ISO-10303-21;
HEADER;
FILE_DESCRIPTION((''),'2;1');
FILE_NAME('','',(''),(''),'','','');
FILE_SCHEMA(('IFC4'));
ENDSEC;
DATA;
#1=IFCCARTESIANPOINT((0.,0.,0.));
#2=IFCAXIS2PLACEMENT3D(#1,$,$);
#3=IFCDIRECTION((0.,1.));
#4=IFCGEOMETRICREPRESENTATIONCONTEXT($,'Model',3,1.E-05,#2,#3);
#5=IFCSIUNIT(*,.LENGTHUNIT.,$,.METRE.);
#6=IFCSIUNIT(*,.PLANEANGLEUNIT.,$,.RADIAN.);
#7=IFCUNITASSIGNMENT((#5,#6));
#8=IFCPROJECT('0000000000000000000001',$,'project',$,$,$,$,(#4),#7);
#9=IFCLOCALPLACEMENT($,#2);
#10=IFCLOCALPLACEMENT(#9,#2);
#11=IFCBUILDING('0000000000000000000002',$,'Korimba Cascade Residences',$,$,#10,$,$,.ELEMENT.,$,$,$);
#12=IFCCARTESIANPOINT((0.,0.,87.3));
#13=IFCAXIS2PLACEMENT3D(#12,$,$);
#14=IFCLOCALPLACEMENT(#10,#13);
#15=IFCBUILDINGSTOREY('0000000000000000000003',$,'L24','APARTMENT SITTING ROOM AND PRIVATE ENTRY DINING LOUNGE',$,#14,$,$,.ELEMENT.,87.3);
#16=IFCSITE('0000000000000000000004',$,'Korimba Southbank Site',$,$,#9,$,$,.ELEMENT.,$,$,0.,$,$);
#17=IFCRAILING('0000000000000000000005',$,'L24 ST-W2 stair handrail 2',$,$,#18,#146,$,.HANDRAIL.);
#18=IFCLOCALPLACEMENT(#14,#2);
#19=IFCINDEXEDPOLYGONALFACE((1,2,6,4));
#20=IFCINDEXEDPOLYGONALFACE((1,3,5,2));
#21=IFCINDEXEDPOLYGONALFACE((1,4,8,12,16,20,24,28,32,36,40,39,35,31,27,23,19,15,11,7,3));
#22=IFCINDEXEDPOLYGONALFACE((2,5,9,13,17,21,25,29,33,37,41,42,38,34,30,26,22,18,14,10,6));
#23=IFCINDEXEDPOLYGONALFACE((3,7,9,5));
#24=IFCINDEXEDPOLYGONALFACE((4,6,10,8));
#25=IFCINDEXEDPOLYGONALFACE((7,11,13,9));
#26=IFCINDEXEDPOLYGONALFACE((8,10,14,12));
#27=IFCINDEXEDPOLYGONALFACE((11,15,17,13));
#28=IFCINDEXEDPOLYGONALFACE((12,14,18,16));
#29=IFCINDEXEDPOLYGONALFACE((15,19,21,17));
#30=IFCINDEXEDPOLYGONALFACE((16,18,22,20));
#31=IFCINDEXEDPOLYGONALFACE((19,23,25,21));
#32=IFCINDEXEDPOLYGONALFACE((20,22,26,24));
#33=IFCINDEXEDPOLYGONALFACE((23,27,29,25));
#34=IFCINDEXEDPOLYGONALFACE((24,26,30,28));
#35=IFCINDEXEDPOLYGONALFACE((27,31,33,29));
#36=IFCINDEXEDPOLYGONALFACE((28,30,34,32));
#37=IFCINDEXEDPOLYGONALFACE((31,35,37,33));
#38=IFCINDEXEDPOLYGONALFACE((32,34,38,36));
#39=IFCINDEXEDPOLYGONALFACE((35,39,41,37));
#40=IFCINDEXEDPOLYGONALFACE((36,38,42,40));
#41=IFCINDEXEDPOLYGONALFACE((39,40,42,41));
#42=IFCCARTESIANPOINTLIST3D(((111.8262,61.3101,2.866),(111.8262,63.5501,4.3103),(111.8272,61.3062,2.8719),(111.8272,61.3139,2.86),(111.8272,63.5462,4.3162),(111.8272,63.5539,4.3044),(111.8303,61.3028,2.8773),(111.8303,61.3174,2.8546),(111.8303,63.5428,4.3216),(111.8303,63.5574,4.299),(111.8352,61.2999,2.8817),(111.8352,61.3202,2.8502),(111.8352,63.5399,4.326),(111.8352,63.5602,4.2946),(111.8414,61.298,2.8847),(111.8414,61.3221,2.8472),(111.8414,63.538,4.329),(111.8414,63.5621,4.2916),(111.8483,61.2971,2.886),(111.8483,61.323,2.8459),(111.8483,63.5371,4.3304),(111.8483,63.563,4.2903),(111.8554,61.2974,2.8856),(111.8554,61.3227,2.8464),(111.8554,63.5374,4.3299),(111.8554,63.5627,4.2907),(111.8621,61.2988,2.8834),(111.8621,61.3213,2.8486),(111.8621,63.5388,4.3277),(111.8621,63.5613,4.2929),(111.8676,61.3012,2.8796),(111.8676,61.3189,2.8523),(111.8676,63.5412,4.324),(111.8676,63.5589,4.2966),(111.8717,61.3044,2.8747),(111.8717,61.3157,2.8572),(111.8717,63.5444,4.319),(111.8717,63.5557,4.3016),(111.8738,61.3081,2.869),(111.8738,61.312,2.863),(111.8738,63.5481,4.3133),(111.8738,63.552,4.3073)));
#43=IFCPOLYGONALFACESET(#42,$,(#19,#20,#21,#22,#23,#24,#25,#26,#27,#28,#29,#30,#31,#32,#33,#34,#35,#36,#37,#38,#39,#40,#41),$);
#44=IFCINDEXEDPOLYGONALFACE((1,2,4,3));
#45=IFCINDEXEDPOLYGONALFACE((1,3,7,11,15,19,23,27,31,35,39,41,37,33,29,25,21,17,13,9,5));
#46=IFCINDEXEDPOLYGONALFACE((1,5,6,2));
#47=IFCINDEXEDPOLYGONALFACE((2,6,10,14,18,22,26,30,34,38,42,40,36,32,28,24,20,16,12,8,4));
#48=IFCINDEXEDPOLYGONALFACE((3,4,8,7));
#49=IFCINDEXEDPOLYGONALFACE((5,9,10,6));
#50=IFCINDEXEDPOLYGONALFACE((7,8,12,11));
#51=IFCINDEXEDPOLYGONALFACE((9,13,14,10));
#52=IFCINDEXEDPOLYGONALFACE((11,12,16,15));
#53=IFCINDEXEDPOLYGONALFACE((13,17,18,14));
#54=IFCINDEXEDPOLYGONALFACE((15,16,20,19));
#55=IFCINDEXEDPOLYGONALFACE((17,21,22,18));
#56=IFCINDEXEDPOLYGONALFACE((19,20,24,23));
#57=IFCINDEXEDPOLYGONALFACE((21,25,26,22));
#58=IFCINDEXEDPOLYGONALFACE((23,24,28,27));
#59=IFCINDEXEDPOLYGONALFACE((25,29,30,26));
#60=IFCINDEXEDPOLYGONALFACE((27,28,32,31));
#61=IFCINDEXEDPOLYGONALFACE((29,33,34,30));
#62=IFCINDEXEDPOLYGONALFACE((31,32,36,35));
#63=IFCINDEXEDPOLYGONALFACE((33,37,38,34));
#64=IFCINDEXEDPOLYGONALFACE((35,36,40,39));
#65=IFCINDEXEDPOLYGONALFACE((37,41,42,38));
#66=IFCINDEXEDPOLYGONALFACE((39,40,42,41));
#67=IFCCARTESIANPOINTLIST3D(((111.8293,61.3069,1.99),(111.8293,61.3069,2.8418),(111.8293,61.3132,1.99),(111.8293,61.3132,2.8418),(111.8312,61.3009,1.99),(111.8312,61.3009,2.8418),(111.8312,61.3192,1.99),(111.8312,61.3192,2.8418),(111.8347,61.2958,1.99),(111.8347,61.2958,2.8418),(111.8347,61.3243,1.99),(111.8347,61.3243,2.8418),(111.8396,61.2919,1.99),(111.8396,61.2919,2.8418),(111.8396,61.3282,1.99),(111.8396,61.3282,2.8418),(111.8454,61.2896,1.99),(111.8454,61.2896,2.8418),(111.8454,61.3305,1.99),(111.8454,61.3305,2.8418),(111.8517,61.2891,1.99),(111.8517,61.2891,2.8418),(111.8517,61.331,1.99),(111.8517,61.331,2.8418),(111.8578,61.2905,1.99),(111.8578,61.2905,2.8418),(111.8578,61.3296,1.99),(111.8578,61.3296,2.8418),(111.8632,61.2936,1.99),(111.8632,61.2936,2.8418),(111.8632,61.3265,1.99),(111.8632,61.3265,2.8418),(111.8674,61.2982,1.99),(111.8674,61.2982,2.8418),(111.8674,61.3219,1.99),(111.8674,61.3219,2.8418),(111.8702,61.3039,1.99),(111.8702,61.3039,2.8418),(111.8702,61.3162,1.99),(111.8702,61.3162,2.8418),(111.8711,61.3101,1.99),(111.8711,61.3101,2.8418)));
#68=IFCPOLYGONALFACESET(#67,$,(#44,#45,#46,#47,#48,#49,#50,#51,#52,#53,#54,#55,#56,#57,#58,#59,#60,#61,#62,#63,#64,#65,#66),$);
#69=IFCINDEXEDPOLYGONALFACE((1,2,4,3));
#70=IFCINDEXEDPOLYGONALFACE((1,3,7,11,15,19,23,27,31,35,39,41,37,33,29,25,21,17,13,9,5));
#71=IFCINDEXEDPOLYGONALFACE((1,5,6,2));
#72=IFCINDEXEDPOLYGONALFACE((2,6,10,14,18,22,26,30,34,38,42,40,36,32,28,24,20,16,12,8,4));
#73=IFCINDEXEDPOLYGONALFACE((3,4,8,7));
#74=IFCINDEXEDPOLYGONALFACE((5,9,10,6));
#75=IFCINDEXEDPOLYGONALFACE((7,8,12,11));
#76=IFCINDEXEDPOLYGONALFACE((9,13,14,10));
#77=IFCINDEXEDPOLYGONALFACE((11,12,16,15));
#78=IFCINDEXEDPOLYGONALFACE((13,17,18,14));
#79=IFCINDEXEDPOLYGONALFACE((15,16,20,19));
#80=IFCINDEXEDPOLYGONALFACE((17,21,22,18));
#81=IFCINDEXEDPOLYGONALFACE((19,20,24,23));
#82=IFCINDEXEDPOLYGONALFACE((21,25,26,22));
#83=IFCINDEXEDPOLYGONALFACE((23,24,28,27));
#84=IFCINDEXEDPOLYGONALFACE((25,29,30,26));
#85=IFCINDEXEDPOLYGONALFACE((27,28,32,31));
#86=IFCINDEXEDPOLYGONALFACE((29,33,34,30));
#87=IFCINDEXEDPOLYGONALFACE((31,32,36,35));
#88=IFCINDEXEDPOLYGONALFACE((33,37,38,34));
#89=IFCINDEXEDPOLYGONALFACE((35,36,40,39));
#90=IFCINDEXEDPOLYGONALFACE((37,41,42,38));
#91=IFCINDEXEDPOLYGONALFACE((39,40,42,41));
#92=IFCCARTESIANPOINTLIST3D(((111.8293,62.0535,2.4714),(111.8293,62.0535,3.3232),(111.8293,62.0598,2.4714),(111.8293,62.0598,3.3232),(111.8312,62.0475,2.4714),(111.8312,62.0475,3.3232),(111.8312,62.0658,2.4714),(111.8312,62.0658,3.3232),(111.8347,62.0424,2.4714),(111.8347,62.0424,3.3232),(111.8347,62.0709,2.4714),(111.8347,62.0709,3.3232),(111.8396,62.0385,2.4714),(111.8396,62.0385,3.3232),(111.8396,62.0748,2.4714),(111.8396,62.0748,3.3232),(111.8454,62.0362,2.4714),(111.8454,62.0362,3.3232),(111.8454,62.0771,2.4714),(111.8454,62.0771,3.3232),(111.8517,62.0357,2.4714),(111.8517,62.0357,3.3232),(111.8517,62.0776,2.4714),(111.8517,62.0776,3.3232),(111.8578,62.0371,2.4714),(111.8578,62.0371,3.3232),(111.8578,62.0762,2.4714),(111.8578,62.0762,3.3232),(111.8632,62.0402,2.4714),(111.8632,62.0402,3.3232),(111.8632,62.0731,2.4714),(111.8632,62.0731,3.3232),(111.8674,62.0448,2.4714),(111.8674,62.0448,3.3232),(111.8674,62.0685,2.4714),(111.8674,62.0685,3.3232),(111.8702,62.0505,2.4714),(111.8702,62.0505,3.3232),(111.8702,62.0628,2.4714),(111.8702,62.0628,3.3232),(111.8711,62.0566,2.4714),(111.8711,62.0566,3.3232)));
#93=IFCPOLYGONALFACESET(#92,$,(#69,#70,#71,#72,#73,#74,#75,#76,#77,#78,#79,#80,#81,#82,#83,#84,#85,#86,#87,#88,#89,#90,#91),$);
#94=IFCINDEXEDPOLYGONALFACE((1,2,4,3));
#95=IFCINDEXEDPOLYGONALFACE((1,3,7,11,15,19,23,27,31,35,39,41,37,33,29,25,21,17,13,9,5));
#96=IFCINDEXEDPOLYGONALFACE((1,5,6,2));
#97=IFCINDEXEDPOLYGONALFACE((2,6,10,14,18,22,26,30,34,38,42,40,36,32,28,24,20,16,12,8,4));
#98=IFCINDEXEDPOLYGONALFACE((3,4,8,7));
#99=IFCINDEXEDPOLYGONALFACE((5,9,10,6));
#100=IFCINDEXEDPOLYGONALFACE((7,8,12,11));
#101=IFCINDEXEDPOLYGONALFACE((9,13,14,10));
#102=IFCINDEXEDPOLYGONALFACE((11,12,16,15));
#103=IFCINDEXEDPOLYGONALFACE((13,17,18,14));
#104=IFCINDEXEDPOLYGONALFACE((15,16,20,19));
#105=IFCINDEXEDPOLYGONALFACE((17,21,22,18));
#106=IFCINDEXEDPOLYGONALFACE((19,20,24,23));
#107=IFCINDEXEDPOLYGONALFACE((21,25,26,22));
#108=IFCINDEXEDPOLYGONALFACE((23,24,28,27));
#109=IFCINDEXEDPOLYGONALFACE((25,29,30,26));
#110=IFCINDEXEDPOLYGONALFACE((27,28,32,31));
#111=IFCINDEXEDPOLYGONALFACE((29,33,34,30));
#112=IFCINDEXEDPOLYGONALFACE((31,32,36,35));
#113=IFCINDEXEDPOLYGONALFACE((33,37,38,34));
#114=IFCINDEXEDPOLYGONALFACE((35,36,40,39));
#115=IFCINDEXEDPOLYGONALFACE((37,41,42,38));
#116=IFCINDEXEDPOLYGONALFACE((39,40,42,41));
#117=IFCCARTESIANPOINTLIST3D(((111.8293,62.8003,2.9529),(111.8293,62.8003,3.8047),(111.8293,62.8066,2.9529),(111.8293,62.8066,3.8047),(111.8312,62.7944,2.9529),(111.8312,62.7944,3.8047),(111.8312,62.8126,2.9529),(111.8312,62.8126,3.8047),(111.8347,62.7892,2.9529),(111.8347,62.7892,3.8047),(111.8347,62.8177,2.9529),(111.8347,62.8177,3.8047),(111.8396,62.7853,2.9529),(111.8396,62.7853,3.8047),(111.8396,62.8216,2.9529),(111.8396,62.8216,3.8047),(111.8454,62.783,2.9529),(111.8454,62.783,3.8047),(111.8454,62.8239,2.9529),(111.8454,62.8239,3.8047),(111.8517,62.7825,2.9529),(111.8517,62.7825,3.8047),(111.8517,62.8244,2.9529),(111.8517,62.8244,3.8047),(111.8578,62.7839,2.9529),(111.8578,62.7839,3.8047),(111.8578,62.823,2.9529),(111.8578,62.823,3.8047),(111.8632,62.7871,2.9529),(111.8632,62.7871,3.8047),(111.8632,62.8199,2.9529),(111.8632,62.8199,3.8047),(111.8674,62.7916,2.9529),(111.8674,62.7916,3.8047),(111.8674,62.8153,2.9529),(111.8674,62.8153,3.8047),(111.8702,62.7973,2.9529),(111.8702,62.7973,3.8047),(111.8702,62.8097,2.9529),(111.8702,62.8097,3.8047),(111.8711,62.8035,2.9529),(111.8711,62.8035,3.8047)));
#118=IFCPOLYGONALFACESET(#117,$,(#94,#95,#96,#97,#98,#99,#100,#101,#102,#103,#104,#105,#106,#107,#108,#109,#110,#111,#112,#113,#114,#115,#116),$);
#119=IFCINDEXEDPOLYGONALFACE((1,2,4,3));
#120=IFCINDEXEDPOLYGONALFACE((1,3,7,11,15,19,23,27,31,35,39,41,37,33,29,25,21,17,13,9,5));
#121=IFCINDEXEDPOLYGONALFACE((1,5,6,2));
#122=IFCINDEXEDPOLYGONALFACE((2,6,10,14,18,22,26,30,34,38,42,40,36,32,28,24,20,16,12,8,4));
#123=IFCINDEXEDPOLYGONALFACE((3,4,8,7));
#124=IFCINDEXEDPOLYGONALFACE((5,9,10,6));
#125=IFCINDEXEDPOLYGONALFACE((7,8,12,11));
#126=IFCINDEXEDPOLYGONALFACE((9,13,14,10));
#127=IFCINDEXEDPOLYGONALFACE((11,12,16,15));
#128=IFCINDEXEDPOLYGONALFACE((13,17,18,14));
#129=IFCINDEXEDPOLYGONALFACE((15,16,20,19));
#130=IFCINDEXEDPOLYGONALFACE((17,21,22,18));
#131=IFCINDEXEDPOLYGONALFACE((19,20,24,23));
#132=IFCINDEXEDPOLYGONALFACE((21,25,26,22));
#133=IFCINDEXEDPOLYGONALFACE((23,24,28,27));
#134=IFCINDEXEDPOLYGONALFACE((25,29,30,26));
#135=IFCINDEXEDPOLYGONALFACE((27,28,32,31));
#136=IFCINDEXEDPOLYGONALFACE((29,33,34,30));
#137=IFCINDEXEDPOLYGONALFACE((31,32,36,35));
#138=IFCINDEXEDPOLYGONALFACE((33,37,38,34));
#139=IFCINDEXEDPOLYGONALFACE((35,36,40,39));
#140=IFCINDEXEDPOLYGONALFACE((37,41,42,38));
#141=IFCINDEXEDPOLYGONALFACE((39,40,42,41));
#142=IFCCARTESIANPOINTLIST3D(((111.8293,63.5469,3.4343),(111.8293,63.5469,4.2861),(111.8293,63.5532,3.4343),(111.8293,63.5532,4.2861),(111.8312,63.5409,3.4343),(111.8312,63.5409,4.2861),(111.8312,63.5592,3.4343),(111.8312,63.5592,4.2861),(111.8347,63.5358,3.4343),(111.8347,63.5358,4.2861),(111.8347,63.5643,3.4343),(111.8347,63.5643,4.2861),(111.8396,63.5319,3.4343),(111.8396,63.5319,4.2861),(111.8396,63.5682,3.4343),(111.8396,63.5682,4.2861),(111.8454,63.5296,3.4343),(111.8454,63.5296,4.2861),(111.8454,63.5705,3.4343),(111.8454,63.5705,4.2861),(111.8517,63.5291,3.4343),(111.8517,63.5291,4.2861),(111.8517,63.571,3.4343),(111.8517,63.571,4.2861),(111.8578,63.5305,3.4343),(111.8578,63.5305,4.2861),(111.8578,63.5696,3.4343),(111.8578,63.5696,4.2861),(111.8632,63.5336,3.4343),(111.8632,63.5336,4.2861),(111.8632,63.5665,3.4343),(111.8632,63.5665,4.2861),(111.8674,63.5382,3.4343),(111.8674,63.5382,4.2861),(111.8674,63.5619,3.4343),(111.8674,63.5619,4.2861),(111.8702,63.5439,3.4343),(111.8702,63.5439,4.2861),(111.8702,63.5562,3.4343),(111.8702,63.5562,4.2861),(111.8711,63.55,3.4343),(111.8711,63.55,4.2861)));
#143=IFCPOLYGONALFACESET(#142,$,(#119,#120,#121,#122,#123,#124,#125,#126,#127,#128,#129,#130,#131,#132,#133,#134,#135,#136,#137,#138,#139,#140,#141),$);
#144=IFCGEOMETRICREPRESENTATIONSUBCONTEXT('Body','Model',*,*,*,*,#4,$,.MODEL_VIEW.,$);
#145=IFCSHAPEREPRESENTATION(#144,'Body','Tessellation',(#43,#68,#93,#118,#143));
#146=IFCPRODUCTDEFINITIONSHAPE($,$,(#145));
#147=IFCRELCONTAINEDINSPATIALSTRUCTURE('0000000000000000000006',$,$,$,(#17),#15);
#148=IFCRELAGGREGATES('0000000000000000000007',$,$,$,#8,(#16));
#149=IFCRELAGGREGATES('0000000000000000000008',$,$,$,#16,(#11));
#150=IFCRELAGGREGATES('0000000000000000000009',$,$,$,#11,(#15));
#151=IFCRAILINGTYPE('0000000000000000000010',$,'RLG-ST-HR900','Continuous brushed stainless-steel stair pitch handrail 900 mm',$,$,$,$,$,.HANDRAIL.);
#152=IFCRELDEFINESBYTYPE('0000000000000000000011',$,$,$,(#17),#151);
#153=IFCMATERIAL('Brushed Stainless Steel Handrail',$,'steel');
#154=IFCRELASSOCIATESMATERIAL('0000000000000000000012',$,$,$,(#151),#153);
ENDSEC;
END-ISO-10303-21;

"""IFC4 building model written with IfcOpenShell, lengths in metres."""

from ifc_helpers import new_model, si_unit, direction, frame, origin, origin_2d, place, context, subcontext, project, spatial, circle, extrude, material, type_object, element, save


model = new_model("IFC4")

# Units and contexts
model_context = context("Model", 3, precision=1e-05, world=origin(), true_north=direction((0.0, 1.0)))
body_context = subcontext(model_context, "Body", "Model", "MODEL_VIEW")
ifc_project = project(units=[si_unit("LENGTHUNIT", "METRE"), si_unit("PLANEANGLEUNIT", "RADIAN")], contexts=[model_context])

# Site, building, storey
site_placement = place(None, origin())
site = spatial("IfcSite", under=ifc_project, at=site_placement, Name="Korimba Southbank Site", CompositionType="ELEMENT", RefElevation=0.0)
building_placement = place(site_placement, origin())
building = spatial("IfcBuilding", under=site, at=building_placement, Name="Korimba Cascade Residences", CompositionType="ELEMENT")
storey_placement = place(building_placement, frame((0.0, 0.0, 87.3)))
storey = spatial("IfcBuildingStorey", under=building, at=storey_placement, Name="L24", Description="APARTMENT SITTING ROOM AND PRIVATE ENTRY DINING LOUNGE", CompositionType="ELEMENT", Elevation=87.3)

# Railing
ifc_material_1 = material(Name="Brushed Stainless Steel Handrail", Category="steel")
railing_type_1 = type_object("IfcRailingType", Name="RLG-ST-HR900", Description="Continuous brushed stainless-steel stair pitch handrail 900 mm", PredefinedType="HANDRAIL", material=ifc_material_1)
railing_1_placement = place(storey_placement, frame((111.8501, 61.3101, 1.99)))
element("IfcRailing", 1, at=railing_1_placement, inside=storey, type_object=railing_type_1, Name="L24 ST-W2 stair handrail 2", PredefinedType="HANDRAIL", context=body_context, shape_type="SweptSolid", body=[
    extrude(circle(Radius=0.0239, at=origin_2d()), frame((0.0, 0.0, 0.876), z_axis=(0.0, 0.840437, 0.54191), x_axis=(-1.0, 0.0, 0.0)), (0.0, 0.0, 1.0), 2.6653),
    extrude(circle(Radius=0.021, at=origin_2d()), origin(), (0.0, 0.0, 1.0), 0.8518),
    extrude(circle(Radius=0.021, at=origin_2d()), frame((0.0, 0.7466, 0.4814)), (0.0, 0.0, 1.0), 0.8518),
    extrude(circle(Radius=0.021, at=origin_2d()), frame((0.0, 1.4934, 0.9629)), (0.0, 0.0, 1.0), 0.8518),
    extrude(circle(Radius=0.021, at=origin_2d()), frame((0.0, 2.24, 1.4443)), (0.0, 0.0, 1.0), 0.8518),
])

save(model, "model.ifc")
